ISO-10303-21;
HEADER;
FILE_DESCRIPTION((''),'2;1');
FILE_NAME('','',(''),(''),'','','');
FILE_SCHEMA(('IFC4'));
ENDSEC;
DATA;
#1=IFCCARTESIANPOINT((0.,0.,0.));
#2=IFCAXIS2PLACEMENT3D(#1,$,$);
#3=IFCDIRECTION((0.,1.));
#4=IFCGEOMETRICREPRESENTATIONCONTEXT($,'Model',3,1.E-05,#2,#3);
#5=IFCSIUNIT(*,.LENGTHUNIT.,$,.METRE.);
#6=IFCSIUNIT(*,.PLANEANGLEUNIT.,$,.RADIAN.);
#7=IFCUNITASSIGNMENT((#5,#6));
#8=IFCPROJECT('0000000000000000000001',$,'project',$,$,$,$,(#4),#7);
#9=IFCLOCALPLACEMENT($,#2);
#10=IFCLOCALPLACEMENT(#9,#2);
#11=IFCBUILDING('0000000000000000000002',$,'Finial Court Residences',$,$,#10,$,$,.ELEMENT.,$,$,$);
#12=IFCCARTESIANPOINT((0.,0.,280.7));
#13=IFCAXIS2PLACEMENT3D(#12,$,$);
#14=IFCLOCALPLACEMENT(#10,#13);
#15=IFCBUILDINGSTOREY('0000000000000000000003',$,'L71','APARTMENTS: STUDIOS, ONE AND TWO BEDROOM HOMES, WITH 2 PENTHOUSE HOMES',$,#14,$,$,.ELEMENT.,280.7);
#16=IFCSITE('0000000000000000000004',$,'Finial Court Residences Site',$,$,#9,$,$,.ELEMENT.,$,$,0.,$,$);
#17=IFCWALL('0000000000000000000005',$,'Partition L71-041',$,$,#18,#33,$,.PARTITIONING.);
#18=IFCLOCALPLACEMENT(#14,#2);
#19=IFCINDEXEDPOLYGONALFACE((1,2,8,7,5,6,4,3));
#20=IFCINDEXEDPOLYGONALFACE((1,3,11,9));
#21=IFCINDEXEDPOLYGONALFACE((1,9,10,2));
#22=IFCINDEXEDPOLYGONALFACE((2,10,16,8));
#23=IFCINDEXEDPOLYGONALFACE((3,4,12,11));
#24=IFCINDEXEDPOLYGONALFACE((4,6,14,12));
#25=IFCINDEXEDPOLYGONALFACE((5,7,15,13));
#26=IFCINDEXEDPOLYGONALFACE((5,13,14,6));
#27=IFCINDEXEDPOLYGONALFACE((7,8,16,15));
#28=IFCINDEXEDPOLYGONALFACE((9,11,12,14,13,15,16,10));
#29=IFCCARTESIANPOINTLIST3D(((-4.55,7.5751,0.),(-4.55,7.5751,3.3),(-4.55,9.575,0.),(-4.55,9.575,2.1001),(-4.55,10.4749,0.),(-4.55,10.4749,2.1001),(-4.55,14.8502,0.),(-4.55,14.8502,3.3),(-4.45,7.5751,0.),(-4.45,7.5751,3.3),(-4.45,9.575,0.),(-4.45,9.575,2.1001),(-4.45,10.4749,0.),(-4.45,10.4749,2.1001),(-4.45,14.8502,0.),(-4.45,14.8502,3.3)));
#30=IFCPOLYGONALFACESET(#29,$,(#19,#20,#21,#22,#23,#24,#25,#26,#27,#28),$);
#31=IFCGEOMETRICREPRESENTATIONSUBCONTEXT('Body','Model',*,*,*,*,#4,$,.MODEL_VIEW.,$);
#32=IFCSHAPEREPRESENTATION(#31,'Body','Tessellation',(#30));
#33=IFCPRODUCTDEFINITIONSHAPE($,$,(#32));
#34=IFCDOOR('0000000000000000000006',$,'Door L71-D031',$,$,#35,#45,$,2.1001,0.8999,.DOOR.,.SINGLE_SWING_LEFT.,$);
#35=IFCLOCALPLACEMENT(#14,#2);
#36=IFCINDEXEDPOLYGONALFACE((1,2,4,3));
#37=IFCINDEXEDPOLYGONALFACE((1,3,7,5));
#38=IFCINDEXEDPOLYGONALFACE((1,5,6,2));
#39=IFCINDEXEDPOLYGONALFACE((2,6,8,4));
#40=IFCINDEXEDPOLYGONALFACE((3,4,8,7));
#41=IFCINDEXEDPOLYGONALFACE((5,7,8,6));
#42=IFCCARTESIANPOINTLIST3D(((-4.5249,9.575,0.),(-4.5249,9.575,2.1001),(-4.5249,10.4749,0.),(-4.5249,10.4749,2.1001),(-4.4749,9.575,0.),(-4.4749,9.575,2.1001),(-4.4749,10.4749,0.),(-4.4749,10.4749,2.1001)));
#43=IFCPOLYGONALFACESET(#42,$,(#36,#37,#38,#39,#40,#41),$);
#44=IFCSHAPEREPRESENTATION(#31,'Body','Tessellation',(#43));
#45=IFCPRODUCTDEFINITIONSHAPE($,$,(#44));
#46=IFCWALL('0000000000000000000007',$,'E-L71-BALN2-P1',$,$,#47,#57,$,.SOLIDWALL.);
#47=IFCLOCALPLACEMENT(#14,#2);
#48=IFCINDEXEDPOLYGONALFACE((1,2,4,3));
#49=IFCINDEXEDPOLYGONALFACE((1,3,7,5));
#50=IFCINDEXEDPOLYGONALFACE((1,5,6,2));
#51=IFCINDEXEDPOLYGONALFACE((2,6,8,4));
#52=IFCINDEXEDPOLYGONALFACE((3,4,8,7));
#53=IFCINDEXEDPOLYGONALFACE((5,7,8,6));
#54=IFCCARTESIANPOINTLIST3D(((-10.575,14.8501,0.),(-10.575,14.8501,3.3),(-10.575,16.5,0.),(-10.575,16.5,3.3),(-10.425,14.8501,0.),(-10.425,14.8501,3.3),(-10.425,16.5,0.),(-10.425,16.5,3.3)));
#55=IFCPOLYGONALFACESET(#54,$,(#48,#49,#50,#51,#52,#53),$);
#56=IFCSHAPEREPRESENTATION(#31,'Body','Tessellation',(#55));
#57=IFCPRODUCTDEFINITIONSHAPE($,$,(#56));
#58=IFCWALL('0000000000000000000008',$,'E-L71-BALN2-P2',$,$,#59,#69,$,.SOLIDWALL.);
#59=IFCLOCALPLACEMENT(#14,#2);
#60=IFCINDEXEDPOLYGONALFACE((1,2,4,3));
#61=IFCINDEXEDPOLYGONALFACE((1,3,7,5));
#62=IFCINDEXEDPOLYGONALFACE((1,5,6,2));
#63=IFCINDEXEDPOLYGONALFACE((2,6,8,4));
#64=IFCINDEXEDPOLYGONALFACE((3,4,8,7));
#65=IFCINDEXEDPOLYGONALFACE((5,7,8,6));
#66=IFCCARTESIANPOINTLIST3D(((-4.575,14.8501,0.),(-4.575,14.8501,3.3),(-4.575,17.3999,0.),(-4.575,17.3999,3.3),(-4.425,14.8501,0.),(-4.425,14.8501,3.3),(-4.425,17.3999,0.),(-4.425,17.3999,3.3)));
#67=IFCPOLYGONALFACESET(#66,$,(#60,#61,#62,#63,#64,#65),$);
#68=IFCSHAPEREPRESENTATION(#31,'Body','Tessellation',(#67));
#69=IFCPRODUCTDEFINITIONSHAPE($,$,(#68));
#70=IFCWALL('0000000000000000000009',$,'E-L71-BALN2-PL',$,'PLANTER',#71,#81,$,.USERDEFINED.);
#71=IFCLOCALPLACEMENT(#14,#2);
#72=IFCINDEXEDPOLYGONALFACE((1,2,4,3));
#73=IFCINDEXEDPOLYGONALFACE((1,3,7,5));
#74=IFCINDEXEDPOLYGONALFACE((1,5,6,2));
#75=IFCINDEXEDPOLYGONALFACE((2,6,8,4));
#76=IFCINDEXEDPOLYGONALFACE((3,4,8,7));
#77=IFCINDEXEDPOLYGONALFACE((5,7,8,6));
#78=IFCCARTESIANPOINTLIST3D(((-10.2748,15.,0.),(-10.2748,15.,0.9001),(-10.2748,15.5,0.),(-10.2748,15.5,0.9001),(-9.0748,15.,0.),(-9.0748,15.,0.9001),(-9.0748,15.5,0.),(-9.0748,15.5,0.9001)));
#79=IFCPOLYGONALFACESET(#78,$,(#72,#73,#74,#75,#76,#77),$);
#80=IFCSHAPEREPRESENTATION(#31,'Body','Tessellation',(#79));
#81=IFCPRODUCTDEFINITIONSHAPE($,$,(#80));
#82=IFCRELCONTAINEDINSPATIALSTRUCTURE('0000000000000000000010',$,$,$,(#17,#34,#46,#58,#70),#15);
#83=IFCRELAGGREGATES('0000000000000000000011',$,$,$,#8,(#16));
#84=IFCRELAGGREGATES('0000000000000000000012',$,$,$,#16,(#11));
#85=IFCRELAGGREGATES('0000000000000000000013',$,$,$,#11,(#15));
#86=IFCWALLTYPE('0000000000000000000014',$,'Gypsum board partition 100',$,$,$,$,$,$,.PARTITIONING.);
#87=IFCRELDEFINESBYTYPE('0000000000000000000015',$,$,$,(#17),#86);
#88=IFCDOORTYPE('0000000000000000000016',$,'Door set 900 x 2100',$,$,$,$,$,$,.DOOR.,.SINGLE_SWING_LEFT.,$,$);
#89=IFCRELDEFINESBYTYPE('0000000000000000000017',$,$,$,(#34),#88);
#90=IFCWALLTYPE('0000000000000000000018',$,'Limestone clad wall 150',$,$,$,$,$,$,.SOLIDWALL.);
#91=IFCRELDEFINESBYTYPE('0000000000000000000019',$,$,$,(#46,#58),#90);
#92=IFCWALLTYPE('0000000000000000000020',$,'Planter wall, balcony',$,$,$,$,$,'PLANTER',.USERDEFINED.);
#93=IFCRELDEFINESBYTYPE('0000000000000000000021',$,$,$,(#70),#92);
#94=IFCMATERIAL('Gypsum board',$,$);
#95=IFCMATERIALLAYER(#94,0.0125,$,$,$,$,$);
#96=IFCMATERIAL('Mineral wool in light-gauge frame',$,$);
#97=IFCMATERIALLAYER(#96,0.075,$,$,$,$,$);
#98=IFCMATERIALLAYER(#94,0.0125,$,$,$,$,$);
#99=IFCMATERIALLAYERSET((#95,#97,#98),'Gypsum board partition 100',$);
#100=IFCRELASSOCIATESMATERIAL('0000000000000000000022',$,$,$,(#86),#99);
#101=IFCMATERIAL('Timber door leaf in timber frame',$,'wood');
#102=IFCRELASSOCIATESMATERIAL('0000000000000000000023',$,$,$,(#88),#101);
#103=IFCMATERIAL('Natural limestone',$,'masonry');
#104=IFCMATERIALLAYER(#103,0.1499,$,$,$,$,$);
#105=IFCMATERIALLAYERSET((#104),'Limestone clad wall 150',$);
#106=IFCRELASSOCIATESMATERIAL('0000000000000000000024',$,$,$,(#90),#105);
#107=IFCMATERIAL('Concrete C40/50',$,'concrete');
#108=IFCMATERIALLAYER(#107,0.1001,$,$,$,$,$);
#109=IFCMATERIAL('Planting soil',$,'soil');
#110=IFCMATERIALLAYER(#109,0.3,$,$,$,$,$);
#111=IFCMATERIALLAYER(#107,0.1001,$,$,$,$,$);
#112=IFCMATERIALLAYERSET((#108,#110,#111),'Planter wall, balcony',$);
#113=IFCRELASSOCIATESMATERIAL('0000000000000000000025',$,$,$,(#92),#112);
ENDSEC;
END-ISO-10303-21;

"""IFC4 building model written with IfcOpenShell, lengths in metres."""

from ifc_helpers import new_model, si_unit, direction, frame, frame_2d, origin, place, context, subcontext, project, spatial, rectangle, extrude, material, layer, layer_set, type_object, element, fill, save


model = new_model("IFC4")

# Units and contexts
model_context = context("Model", 3, precision=1e-05, world=origin(), true_north=direction((0.0, 1.0)))
body_context = subcontext(model_context, "Body", "Model", "MODEL_VIEW")
ifc_project = project(units=[si_unit("LENGTHUNIT", "METRE"), si_unit("PLANEANGLEUNIT", "RADIAN")], contexts=[model_context])

# Site, building, storey
site_placement = place(None, origin())
site = spatial("IfcSite", under=ifc_project, at=site_placement, Name="Finial Court Residences Site", CompositionType="ELEMENT", RefElevation=0.0)
building_placement = place(site_placement, origin())
building = spatial("IfcBuilding", under=site, at=building_placement, Name="Finial Court Residences", CompositionType="ELEMENT")
storey_placement = place(building_placement, frame((0.0, 0.0, 280.7)))
storey = spatial("IfcBuildingStorey", under=building, at=storey_placement, Name="L71", Description="APARTMENTS: STUDIOS, ONE AND TWO BEDROOM HOMES, WITH 2 PENTHOUSE HOMES", CompositionType="ELEMENT", Elevation=280.7)

# Wall, opening, door
ifc_material_1 = material(Name="Gypsum board")
ifc_layer_1 = layer(ifc_material_1, 0.0125)
ifc_material_2 = material(Name="Mineral wool in light-gauge frame")
ifc_layer_2 = layer(ifc_material_2, 0.075)
ifc_layer_3 = layer(ifc_material_1, 0.0125)
ifc_layer_set_1 = layer_set([ifc_layer_1, ifc_layer_2, ifc_layer_3], Name="Gypsum board partition 100")
wall_type_1 = type_object("IfcWallType", Name="Gypsum board partition 100", PredefinedType="PARTITIONING", material=ifc_layer_set_1)
ifc_material_3 = material(Name="Timber door leaf in timber frame", Category="wood")
door_type_1 = type_object("IfcDoorType", Name="Door set 900 x 2100", OperationType="SINGLE_SWING_LEFT", PredefinedType="DOOR", material=ifc_material_3)
wall_1_placement = place(storey_placement, frame((-4.5, 7.575, 0.0), z_axis=(0.0, 0.0, 1.0), x_axis=(0.0, 1.0, 0.0)))
wall_1 = element("IfcWall", 1, at=wall_1_placement, inside=storey, type_object=wall_type_1, Name="Partition L71-041", PredefinedType="PARTITIONING", context=body_context, shape_type="SweptSolid", body=[
    extrude(rectangle(XDim=7.2751, YDim=0.1001, at=frame_2d((3.6377, 0.0))), origin(), (0.0, 0.0, 1.0), 3.3),
])
opening_1_placement = place(wall_1_placement, frame((2.0, 0.0, 0.0)))
opening_1 = element("IfcOpeningElement", 2, at=opening_1_placement, cuts=wall_1, PredefinedType="OPENING", context=body_context, shape_type="SweptSolid", body=[
    extrude(rectangle(XDim=0.8999, YDim=2.1001, at=frame_2d((0.45, 1.05))), frame((0.0, 0.0601, 0.0), z_axis=(0.0, -1.0, 0.0), x_axis=(1.0, 0.0, 0.0)), (0.0, 0.0, 1.0), 0.1201),
])
door_1_placement = place(opening_1_placement, origin())
door_1 = element("IfcDoor", 3, at=door_1_placement, inside=storey, type_object=door_type_1, Name="Door L71-D031", OperationType="SINGLE_SWING_LEFT", OverallHeight=2.1001, OverallWidth=0.8999, PredefinedType="DOOR", context=body_context, shape_type="SweptSolid", body=[
    extrude(rectangle(XDim=0.8999, YDim=2.1001, at=frame_2d((0.45, 1.05))), frame((0.0, 0.0249, 0.0), z_axis=(0.0, -1.0, 0.0), x_axis=(1.0, 0.0, 0.0)), (0.0, 0.0, 1.0), 0.05),
])
fill(opening_1, door_1)

# Walls
ifc_material_4 = material(Name="Natural limestone", Category="masonry")
ifc_layer_4 = layer(ifc_material_4, 0.1499)
ifc_layer_set_2 = layer_set([ifc_layer_4], Name="Limestone clad wall 150")
wall_type_2 = type_object("IfcWallType", Name="Limestone clad wall 150", PredefinedType="SOLIDWALL", material=ifc_layer_set_2)
wall_2_placement = place(storey_placement, frame((-10.5, 14.8501, 0.0), z_axis=(0.0, 0.0, 1.0), x_axis=(0.0, 1.0, 0.0)))
element("IfcWall", 4, at=wall_2_placement, inside=storey, type_object=wall_type_2, Name="E-L71-BALN2-P1", PredefinedType="SOLIDWALL", context=body_context, shape_type="SweptSolid", body=[
    extrude(rectangle(XDim=1.6499, YDim=0.1499, at=frame_2d((0.825, 0.0))), origin(), (0.0, 0.0, 1.0), 3.3),
])
wall_3_placement = place(storey_placement, frame((-4.5, 14.8501, 0.0), z_axis=(0.0, 0.0, 1.0), x_axis=(0.0, 1.0, 0.0)))
element("IfcWall", 5, at=wall_3_placement, inside=storey, type_object=wall_type_2, Name="E-L71-BALN2-P2", PredefinedType="SOLIDWALL", context=body_context, shape_type="SweptSolid", body=[
    extrude(rectangle(XDim=2.5498, YDim=0.1499, at=frame_2d((1.2749, 0.0))), origin(), (0.0, 0.0, 1.0), 3.3),
])

# Wall
ifc_material_5 = material(Name="Concrete C40/50", Category="concrete")
ifc_layer_5 = layer(ifc_material_5, 0.1001)
ifc_material_6 = material(Name="Planting soil", Category="soil")
ifc_layer_6 = layer(ifc_material_6, 0.3)
ifc_layer_7 = layer(ifc_material_5, 0.1001)
ifc_layer_set_3 = layer_set([ifc_layer_5, ifc_layer_6, ifc_layer_7], Name="Planter wall, balcony")
wall_type_3 = type_object("IfcWallType", Name="Planter wall, balcony", ElementType="PLANTER", PredefinedType="USERDEFINED", material=ifc_layer_set_3)
wall_4_placement = place(storey_placement, frame((-10.2749, 15.25, 0.0), z_axis=(0.0, 0.0, 1.0), x_axis=(1.0, 0.0, 0.0)))
element("IfcWall", 6, at=wall_4_placement, inside=storey, type_object=wall_type_3, Name="E-L71-BALN2-PL", ObjectType="PLANTER", PredefinedType="USERDEFINED", context=body_context, shape_type="SweptSolid", body=[
    extrude(rectangle(XDim=1.2, YDim=0.5, at=frame_2d((0.6001, 0.0))), origin(), (0.0, 0.0, 1.0), 0.9001),
])

save(model, "model.ifc")
